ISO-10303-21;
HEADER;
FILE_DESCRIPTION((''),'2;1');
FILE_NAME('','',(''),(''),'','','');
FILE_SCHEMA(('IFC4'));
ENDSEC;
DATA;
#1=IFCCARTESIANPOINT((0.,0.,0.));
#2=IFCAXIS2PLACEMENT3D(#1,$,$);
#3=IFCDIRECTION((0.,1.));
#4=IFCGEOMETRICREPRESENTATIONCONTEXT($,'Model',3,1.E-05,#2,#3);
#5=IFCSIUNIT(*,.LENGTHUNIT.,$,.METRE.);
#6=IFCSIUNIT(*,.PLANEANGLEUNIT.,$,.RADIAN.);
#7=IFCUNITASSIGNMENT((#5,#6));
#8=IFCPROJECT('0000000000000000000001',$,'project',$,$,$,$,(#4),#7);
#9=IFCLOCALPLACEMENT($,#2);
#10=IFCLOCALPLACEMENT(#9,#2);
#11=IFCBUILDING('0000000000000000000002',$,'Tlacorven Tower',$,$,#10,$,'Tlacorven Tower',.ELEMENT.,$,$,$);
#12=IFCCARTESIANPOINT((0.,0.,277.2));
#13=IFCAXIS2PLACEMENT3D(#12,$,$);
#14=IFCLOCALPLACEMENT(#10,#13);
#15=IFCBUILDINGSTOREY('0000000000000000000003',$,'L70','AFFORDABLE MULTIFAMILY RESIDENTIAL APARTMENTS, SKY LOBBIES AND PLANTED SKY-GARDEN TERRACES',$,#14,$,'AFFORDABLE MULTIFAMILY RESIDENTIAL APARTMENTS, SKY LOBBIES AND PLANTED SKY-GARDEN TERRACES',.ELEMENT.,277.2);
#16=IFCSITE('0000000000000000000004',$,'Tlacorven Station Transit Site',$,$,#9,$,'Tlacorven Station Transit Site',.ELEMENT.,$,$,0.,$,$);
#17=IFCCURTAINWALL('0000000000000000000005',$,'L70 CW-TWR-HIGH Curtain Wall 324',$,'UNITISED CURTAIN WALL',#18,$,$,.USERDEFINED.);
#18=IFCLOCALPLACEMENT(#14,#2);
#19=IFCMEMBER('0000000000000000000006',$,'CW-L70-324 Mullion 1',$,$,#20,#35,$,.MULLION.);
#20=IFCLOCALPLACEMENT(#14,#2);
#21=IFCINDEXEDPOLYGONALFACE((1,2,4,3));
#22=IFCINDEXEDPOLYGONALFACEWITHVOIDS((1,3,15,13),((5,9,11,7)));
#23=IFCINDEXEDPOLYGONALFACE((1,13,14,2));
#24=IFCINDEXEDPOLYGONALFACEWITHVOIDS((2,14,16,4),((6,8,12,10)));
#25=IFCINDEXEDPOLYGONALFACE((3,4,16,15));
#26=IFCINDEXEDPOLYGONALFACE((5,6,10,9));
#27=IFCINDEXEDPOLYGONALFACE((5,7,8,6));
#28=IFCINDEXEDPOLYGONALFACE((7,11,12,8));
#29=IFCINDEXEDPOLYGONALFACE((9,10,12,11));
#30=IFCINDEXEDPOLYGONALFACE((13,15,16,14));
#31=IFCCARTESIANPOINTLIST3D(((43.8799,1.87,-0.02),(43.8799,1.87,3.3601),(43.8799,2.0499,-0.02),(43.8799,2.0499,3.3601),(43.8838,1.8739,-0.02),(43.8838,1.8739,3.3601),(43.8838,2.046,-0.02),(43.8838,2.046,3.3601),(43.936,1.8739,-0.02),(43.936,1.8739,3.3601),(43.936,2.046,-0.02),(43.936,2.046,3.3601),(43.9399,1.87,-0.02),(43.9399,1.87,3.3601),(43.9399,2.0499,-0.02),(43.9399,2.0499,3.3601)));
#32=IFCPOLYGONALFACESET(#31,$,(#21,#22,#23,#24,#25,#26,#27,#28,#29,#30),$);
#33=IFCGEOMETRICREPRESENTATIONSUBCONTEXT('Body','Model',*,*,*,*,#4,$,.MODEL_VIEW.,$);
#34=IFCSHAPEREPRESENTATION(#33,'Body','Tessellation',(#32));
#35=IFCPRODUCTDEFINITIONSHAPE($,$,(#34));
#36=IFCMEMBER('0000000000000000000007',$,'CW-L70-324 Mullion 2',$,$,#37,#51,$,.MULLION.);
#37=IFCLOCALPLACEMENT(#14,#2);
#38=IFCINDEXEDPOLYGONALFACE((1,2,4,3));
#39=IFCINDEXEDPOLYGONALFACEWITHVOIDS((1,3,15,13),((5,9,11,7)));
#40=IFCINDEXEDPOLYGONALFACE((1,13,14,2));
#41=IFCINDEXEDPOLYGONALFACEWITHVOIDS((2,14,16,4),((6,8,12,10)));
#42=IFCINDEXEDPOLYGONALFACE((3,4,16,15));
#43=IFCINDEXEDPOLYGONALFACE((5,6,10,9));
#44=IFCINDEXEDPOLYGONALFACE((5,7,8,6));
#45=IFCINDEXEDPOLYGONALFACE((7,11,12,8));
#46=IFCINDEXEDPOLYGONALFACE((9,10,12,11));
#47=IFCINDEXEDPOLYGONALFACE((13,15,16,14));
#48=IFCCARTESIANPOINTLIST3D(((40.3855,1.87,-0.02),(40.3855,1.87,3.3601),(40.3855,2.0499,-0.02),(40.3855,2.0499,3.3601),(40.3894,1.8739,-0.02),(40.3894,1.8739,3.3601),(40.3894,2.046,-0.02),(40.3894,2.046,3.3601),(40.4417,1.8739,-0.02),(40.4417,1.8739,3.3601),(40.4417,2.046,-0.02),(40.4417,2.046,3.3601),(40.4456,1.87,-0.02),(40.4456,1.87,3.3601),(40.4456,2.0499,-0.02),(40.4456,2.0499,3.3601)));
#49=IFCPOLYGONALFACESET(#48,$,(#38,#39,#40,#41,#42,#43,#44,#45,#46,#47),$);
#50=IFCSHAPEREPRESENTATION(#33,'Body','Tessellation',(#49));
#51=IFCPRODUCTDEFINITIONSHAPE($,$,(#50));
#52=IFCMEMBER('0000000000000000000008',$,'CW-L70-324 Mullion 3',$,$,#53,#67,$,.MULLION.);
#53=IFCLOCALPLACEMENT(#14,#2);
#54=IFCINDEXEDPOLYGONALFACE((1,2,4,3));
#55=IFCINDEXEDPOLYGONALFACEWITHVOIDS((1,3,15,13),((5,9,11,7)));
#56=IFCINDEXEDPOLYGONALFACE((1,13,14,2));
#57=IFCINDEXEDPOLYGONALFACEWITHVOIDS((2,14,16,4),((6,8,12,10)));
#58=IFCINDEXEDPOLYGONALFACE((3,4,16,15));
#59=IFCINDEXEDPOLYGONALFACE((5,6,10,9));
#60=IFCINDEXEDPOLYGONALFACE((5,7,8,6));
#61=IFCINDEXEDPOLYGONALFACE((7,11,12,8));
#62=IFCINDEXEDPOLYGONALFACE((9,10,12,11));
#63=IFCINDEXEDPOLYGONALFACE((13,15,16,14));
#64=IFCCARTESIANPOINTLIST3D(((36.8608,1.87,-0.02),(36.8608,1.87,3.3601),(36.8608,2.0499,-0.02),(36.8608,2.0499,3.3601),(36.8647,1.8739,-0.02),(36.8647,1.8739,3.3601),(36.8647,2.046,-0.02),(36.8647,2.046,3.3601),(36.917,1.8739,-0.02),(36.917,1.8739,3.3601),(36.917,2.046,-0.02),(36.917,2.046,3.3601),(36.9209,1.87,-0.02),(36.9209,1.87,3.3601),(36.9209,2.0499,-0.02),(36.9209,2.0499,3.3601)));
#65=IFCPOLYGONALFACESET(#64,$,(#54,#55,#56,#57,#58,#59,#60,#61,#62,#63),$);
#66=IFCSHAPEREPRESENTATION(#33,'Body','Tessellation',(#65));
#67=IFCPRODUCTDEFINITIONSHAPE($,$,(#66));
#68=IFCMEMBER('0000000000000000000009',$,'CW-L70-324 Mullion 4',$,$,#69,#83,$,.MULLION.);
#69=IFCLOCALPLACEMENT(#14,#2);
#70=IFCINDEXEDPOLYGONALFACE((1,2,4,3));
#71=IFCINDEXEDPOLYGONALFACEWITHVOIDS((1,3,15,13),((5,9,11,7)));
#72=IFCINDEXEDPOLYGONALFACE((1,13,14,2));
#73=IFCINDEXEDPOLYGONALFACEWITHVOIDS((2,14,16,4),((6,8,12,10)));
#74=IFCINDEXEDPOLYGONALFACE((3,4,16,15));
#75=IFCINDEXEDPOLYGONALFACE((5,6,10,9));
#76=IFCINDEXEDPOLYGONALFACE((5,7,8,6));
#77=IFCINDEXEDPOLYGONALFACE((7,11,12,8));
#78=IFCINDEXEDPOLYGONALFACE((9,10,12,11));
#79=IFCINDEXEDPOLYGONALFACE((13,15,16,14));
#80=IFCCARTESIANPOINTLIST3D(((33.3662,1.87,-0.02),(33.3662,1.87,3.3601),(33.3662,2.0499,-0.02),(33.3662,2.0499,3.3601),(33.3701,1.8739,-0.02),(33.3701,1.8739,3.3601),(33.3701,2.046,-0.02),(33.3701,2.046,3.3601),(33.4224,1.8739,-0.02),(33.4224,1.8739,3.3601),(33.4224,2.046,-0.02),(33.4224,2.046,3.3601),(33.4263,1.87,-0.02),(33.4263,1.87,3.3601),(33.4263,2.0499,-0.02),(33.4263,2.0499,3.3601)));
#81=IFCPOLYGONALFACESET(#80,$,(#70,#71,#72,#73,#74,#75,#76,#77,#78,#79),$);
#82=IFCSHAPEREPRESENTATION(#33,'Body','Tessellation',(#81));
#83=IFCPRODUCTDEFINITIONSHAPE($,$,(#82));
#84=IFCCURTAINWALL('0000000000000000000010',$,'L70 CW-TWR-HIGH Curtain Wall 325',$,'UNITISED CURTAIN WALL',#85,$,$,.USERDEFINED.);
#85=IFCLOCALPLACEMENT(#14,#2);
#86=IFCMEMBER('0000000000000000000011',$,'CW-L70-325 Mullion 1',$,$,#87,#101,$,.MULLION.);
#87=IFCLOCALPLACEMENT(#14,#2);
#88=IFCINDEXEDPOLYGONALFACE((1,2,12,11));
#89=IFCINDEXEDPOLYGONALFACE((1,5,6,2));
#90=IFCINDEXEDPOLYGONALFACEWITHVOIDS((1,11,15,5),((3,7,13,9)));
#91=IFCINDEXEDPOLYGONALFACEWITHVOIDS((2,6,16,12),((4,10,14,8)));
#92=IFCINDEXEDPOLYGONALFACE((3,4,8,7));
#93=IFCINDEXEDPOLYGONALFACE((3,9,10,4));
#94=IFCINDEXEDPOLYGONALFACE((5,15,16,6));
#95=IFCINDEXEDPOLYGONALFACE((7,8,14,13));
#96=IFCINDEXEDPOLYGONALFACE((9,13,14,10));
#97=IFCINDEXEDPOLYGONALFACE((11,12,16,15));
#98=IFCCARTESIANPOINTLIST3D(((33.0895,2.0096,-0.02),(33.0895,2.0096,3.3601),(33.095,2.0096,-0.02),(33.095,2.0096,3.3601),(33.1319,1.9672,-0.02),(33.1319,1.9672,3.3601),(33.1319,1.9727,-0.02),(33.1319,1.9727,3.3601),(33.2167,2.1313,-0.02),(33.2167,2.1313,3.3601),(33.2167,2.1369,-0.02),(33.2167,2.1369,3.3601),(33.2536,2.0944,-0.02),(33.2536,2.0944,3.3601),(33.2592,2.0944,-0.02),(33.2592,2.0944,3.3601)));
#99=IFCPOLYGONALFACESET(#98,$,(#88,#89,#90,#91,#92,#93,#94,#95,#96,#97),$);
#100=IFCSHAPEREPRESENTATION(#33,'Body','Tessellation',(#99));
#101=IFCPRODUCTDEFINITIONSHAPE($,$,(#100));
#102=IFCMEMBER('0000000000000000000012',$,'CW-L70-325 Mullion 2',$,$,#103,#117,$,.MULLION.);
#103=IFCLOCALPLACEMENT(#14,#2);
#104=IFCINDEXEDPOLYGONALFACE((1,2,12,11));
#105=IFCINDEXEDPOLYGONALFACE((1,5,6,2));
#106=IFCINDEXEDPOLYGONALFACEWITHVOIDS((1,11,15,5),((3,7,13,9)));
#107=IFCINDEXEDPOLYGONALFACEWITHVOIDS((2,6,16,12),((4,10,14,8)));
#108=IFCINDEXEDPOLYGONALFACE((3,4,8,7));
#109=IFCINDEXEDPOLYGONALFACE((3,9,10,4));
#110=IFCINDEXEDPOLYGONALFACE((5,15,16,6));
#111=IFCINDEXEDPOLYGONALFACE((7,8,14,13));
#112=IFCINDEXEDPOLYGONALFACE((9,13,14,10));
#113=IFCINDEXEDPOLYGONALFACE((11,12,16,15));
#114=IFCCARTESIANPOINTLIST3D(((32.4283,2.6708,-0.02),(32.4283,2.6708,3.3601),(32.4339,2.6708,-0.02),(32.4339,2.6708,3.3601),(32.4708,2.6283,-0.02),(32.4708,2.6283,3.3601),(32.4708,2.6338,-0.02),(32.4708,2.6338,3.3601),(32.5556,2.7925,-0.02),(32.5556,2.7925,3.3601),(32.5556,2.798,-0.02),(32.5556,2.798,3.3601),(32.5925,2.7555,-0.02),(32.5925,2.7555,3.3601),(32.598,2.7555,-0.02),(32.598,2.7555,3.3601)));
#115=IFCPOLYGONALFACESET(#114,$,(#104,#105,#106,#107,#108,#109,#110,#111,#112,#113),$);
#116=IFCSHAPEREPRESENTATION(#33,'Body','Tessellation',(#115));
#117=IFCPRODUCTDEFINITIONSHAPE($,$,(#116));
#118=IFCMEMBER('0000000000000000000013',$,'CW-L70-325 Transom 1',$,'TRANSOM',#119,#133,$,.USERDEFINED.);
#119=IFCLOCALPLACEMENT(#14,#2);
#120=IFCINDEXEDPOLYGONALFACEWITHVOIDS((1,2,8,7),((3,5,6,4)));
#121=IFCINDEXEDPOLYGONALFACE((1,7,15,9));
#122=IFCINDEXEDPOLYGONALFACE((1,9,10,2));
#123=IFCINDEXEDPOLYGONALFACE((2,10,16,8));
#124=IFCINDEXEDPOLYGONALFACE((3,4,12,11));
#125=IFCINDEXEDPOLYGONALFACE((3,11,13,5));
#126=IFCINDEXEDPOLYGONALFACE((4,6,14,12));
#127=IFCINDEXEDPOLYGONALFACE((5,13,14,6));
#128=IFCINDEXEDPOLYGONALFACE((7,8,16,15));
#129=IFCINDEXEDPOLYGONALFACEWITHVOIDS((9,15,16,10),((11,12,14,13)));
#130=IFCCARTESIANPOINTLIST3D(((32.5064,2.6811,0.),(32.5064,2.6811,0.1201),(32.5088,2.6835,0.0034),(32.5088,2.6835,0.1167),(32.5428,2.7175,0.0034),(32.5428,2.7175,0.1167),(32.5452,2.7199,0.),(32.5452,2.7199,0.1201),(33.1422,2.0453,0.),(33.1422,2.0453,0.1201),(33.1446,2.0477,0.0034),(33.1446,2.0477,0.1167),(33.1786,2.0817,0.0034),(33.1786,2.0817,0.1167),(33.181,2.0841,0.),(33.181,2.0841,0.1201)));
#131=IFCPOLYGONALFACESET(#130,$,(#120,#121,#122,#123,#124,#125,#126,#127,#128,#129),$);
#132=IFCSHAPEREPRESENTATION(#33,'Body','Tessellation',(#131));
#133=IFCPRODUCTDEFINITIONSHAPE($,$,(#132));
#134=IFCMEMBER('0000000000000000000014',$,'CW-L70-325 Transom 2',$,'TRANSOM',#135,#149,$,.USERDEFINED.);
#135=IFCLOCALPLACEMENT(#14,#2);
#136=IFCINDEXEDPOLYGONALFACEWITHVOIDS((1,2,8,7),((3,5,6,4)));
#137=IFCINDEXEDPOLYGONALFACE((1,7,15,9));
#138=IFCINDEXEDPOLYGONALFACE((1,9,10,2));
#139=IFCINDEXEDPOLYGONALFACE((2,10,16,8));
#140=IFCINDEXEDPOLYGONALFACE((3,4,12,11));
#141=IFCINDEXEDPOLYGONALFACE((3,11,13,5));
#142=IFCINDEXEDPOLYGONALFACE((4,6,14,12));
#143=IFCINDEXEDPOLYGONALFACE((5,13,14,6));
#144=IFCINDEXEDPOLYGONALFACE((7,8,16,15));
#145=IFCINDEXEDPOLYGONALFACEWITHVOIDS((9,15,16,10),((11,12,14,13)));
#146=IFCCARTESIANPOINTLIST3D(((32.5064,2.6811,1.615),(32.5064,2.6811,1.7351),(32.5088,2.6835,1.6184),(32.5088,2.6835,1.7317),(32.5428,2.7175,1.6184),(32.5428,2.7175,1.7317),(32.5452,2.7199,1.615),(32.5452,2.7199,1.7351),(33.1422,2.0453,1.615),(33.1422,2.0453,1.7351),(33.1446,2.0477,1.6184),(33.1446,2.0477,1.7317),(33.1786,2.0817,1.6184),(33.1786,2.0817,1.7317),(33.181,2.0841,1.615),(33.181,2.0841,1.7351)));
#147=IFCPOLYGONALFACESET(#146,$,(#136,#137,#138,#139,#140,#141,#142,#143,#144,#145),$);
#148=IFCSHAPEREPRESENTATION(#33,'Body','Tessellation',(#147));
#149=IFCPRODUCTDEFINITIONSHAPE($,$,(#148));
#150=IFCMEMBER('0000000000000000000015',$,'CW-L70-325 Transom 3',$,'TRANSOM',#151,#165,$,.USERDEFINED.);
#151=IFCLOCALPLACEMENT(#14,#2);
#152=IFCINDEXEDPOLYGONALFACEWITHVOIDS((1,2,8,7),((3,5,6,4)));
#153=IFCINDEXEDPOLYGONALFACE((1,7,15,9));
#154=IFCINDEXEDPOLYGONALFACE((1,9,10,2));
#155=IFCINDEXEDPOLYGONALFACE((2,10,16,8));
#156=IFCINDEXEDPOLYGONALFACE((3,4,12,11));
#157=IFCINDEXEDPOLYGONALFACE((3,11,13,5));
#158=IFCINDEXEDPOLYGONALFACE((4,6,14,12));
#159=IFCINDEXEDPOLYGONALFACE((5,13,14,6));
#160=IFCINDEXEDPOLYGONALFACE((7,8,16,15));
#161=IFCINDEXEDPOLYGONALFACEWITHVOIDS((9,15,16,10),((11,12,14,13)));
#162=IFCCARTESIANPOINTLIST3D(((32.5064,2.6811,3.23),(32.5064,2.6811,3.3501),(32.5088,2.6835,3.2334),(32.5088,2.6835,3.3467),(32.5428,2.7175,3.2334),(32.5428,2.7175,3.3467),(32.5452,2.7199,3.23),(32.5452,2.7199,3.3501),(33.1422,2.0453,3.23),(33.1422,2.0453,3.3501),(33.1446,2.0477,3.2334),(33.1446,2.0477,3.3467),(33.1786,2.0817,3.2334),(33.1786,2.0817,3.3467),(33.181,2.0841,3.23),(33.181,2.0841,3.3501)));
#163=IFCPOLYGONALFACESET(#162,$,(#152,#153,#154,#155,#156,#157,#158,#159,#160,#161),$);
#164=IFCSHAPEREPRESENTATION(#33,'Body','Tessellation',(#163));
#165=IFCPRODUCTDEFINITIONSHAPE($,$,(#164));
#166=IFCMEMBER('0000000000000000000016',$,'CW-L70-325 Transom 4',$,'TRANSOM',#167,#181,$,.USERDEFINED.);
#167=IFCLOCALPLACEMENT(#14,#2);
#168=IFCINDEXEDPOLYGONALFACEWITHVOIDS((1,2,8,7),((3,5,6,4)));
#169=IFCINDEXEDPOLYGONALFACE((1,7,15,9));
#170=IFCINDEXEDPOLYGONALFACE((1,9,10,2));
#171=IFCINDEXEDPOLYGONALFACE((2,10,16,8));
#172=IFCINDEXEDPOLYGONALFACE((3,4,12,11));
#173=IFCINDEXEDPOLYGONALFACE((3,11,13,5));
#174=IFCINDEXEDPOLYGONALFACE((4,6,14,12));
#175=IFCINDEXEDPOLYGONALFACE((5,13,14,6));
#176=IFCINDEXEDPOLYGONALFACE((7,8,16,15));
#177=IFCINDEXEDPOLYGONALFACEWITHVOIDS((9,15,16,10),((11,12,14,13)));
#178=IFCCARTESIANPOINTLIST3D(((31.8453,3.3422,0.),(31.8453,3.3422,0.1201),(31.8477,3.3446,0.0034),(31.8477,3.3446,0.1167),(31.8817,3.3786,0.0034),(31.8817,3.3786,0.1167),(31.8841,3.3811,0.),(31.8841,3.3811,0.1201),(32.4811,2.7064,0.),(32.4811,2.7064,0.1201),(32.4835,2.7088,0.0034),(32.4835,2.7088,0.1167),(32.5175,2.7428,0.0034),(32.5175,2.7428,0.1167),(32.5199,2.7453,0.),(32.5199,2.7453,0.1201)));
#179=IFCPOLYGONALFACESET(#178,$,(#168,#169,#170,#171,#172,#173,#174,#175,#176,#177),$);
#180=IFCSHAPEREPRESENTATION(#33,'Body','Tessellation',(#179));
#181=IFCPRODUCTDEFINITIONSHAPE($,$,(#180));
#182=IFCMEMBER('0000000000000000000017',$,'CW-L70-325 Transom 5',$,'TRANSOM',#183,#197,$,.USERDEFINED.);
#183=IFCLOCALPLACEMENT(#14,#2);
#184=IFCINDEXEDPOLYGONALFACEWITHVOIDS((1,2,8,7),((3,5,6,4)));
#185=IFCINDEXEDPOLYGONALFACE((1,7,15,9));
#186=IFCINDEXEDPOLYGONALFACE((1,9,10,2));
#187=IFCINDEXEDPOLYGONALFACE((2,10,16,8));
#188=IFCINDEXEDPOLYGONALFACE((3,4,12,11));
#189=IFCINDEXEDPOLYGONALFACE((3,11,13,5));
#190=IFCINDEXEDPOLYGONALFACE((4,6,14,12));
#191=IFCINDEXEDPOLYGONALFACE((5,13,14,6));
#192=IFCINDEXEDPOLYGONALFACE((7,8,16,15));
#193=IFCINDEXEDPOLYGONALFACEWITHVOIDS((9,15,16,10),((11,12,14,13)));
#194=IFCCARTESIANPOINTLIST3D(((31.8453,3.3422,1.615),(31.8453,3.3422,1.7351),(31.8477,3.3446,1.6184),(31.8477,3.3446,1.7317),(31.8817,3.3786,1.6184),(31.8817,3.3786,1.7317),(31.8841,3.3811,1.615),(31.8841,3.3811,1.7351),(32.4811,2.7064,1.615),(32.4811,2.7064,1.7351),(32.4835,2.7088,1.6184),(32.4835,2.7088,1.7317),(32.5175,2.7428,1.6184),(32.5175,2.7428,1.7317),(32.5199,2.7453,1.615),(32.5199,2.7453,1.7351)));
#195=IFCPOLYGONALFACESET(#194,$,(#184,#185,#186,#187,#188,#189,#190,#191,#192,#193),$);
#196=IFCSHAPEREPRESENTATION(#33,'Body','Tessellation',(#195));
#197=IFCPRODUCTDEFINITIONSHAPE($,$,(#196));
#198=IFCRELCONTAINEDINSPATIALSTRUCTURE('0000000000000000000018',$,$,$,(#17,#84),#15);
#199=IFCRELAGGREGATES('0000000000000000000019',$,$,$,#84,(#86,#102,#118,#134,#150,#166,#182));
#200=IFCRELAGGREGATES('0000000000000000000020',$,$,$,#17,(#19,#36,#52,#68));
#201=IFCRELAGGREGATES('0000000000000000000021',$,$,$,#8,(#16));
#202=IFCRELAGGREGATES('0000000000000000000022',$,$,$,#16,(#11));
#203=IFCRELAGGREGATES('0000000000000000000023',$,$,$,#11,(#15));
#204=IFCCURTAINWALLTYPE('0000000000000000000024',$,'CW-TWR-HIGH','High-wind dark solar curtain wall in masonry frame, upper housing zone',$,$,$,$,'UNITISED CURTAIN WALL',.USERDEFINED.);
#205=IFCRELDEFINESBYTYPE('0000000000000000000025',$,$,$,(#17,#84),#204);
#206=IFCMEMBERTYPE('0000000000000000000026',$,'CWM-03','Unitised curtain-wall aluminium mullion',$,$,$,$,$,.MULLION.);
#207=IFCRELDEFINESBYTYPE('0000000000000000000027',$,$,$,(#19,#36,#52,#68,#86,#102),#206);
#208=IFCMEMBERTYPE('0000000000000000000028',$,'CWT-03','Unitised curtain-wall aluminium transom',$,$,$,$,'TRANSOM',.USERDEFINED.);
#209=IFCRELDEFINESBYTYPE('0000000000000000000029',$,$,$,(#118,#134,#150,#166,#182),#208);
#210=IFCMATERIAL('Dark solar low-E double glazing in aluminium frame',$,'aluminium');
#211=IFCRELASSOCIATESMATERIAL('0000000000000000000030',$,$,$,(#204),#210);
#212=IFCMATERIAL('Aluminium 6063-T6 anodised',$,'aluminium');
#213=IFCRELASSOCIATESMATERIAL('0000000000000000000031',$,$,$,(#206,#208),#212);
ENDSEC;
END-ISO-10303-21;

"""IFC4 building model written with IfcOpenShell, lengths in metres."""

from ifc_helpers import new_model, si_unit, direction, frame, origin, origin_2d, place, context, subcontext, project, spatial, hollow_rectangle, extrude, source, transform, mapped, material, material_profile, profile_set, type_object, element, aggregate, save


model = new_model("IFC4")

# Units and contexts
model_context = context("Model", 3, precision=1e-05, world=origin(), true_north=direction((0.0, 1.0)))
body_context = subcontext(model_context, "Body", "Model", "MODEL_VIEW")
ifc_project = project(units=[si_unit("LENGTHUNIT", "METRE"), si_unit("PLANEANGLEUNIT", "RADIAN")], contexts=[model_context])

# Site, building, storey
site_placement = place(None, origin())
site = spatial("IfcSite", under=ifc_project, at=site_placement, Name="Tlacorven Station Transit Site", LongName="Tlacorven Station Transit Site", CompositionType="ELEMENT", RefElevation=0.0)
building_placement = place(site_placement, origin())
building = spatial("IfcBuilding", under=site, at=building_placement, Name="Tlacorven Tower", LongName="Tlacorven Tower", CompositionType="ELEMENT")
storey_placement = place(building_placement, frame((0.0, 0.0, 277.2)))
storey = spatial("IfcBuildingStorey", under=building, at=storey_placement, Name="L70", Description="AFFORDABLE MULTIFAMILY RESIDENTIAL APARTMENTS, SKY LOBBIES AND PLANTED SKY-GARDEN TERRACES", LongName="AFFORDABLE MULTIFAMILY RESIDENTIAL APARTMENTS, SKY LOBBIES AND PLANTED SKY-GARDEN TERRACES", CompositionType="ELEMENT", Elevation=277.2)

# Curtain walls, members
ifc_material_1 = material(Name="Dark solar low-E double glazing in aluminium frame", Category="aluminium")
curtain_wall_type = type_object("IfcCurtainWallType", Name="CW-TWR-HIGH", Description="High-wind dark solar curtain wall in masonry frame, upper housing zone", ElementType="UNITISED CURTAIN WALL", PredefinedType="USERDEFINED", material=ifc_material_1)
curtain_wall_1_placement = place(storey_placement, origin())
curtain_wall_1 = element("IfcCurtainWall", 1, at=curtain_wall_1_placement, inside=storey, type_object=curtain_wall_type, Name="L70 CW-TWR-HIGH Curtain Wall 324", ObjectType="UNITISED CURTAIN WALL", PredefinedType="USERDEFINED")
ifc_material_2 = material(Name="Aluminium 6063-T6 anodised", Category="aluminium")
ifc_material_profile_1 = material_profile(ifc_material_2, hollow_rectangle(XDim=0.0601, YDim=0.1799, WallThickness=0.0039, at=origin_2d()), Name="ALU MULLION 60X180")
ifc_profile_set_1 = profile_set([ifc_material_profile_1], Name="Aluminium 6063-T6 anodised")
member_type_1 = type_object("IfcMemberType", Name="CWM-03", Description="Unitised curtain-wall aluminium mullion", PredefinedType="MULLION", material=ifc_profile_set_1)
shared_shape_1 = source(origin(), body_context, "Body", "SweptSolid", [
    extrude(hollow_rectangle(XDim=0.0601, YDim=0.1799, WallThickness=0.0039, at=origin_2d()), origin(), (0.0, 0.0, 1.0), 3.3801),
])
member_1_placement = place(storey_placement, frame((43.9099, 1.96, -0.02), z_axis=(0.0, 0.0, 1.0), x_axis=(-1.0, 0.0, 0.0)))
member_1 = element("IfcMember", 2, at=member_1_placement, type_object=member_type_1, Name="CW-L70-324 Mullion 1", PredefinedType="MULLION", context=body_context, shape_type="MappedRepresentation", body=[
    mapped(shared_shape_1, transform((0.0, 0.0, 0.0), scale=1.0)),
])
member_2_placement = place(storey_placement, frame((40.4155, 1.96, -0.02), z_axis=(0.0, 0.0, 1.0), x_axis=(-1.0, 0.0, 0.0)))
member_2 = element("IfcMember", 3, at=member_2_placement, type_object=member_type_1, Name="CW-L70-324 Mullion 2", PredefinedType="MULLION", context=body_context, shape_type="MappedRepresentation", body=[
    mapped(shared_shape_1, transform((0.0, 0.0, 0.0), scale=1.0)),
])
member_3_placement = place(storey_placement, frame((36.8909, 1.96, -0.02), z_axis=(0.0, 0.0, 1.0), x_axis=(-1.0, 0.0, 0.0)))
member_3 = element("IfcMember", 4, at=member_3_placement, type_object=member_type_1, Name="CW-L70-324 Mullion 3", PredefinedType="MULLION", context=body_context, shape_type="MappedRepresentation", body=[
    mapped(shared_shape_1, transform((0.0, 0.0, 0.0), scale=1.0)),
])
member_4_placement = place(storey_placement, frame((33.3962, 1.96, -0.02), z_axis=(0.0, 0.0, 1.0), x_axis=(-1.0, 0.0, 0.0)))
member_4 = element("IfcMember", 5, at=member_4_placement, type_object=member_type_1, Name="CW-L70-324 Mullion 4", PredefinedType="MULLION", context=body_context, shape_type="MappedRepresentation", body=[
    mapped(shared_shape_1, transform((0.0, 0.0, 0.0), scale=1.0)),
])
curtain_wall_2_placement = place(storey_placement, origin())
curtain_wall_2 = element("IfcCurtainWall", 6, at=curtain_wall_2_placement, inside=storey, type_object=curtain_wall_type, Name="L70 CW-TWR-HIGH Curtain Wall 325", ObjectType="UNITISED CURTAIN WALL", PredefinedType="USERDEFINED")
member_5_placement = place(storey_placement, frame((33.1743, 2.052, -0.02), z_axis=(0.0, 0.0, 1.0), x_axis=(-0.707107, 0.707107, 0.0)))
member_5 = element("IfcMember", 7, at=member_5_placement, type_object=member_type_1, Name="CW-L70-325 Mullion 1", PredefinedType="MULLION", context=body_context, shape_type="MappedRepresentation", body=[
    mapped(shared_shape_1, transform((0.0, 0.0, 0.0), scale=1.0)),
])
member_6_placement = place(storey_placement, frame((32.5132, 2.7131, -0.02), z_axis=(0.0, 0.0, 1.0), x_axis=(-0.707107, 0.707107, 0.0)))
member_6 = element("IfcMember", 8, at=member_6_placement, type_object=member_type_1, Name="CW-L70-325 Mullion 2", PredefinedType="MULLION", context=body_context, shape_type="MappedRepresentation", body=[
    mapped(shared_shape_1, transform((0.0, 0.0, 0.0), scale=1.0)),
])
ifc_material_profile_2 = material_profile(ifc_material_2, hollow_rectangle(XDim=0.0549, YDim=0.1201, WallThickness=0.0034, at=origin_2d()), Name="ALU TRANSOM 55X120")
ifc_profile_set_2 = profile_set([ifc_material_profile_2], Name="Aluminium 6063-T6 anodised")
member_type_2 = type_object("IfcMemberType", Name="CWT-03", Description="Unitised curtain-wall aluminium transom", ElementType="TRANSOM", PredefinedType="USERDEFINED", material=ifc_profile_set_2)
shared_shape_2 = source(origin(), body_context, "Body", "SweptSolid", [
    extrude(hollow_rectangle(XDim=0.0549, YDim=0.1201, WallThickness=0.0034, at=origin_2d()), origin(), (0.0, 0.0, 1.0), 0.8992),
])
member_7_placement = place(storey_placement, frame((33.1616, 2.0647, 0.0601), z_axis=(-0.707107, 0.707107, 0.0), x_axis=(-0.707107, -0.707107, 0.0)))
member_7 = element("IfcMember", 9, at=member_7_placement, type_object=member_type_2, Name="CW-L70-325 Transom 1", ObjectType="TRANSOM", PredefinedType="USERDEFINED", context=body_context, shape_type="MappedRepresentation", body=[
    mapped(shared_shape_2, transform((0.0, 0.0, 0.0), scale=1.0)),
])
member_8_placement = place(storey_placement, frame((33.1616, 2.0647, 1.675), z_axis=(-0.707107, 0.707107, 0.0), x_axis=(-0.707107, -0.707107, 0.0)))
member_8 = element("IfcMember", 10, at=member_8_placement, type_object=member_type_2, Name="CW-L70-325 Transom 2", ObjectType="TRANSOM", PredefinedType="USERDEFINED", context=body_context, shape_type="MappedRepresentation", body=[
    mapped(shared_shape_2, transform((0.0, 0.0, 0.0), scale=1.0)),
])
member_9_placement = place(storey_placement, frame((33.1616, 2.0647, 3.29), z_axis=(-0.707107, 0.707107, 0.0), x_axis=(-0.707107, -0.707107, 0.0)))
member_9 = element("IfcMember", 11, at=member_9_placement, type_object=member_type_2, Name="CW-L70-325 Transom 3", ObjectType="TRANSOM", PredefinedType="USERDEFINED", context=body_context, shape_type="MappedRepresentation", body=[
    mapped(shared_shape_2, transform((0.0, 0.0, 0.0), scale=1.0)),
])
member_10_placement = place(storey_placement, frame((32.5005, 2.7258, 0.0601), z_axis=(-0.707107, 0.707107, 0.0), x_axis=(-0.707107, -0.707107, 0.0)))
member_10 = element("IfcMember", 12, at=member_10_placement, type_object=member_type_2, Name="CW-L70-325 Transom 4", ObjectType="TRANSOM", PredefinedType="USERDEFINED", context=body_context, shape_type="MappedRepresentation", body=[
    mapped(shared_shape_2, transform((0.0, 0.0, 0.0), scale=1.0)),
])
member_11_placement = place(storey_placement, frame((32.5005, 2.7258, 1.675), z_axis=(-0.707107, 0.707107, 0.0), x_axis=(-0.707107, -0.707107, 0.0)))
member_11 = element("IfcMember", 13, at=member_11_placement, type_object=member_type_2, Name="CW-L70-325 Transom 5", ObjectType="TRANSOM", PredefinedType="USERDEFINED", context=body_context, shape_type="MappedRepresentation", body=[
    mapped(shared_shape_2, transform((0.0, 0.0, 0.0), scale=1.0)),
])

aggregate(curtain_wall_2, [member_5, member_6, member_7, member_8, member_9, member_10, member_11])
aggregate(curtain_wall_1, [member_1, member_2, member_3, member_4])

save(model, "model.ifc")
